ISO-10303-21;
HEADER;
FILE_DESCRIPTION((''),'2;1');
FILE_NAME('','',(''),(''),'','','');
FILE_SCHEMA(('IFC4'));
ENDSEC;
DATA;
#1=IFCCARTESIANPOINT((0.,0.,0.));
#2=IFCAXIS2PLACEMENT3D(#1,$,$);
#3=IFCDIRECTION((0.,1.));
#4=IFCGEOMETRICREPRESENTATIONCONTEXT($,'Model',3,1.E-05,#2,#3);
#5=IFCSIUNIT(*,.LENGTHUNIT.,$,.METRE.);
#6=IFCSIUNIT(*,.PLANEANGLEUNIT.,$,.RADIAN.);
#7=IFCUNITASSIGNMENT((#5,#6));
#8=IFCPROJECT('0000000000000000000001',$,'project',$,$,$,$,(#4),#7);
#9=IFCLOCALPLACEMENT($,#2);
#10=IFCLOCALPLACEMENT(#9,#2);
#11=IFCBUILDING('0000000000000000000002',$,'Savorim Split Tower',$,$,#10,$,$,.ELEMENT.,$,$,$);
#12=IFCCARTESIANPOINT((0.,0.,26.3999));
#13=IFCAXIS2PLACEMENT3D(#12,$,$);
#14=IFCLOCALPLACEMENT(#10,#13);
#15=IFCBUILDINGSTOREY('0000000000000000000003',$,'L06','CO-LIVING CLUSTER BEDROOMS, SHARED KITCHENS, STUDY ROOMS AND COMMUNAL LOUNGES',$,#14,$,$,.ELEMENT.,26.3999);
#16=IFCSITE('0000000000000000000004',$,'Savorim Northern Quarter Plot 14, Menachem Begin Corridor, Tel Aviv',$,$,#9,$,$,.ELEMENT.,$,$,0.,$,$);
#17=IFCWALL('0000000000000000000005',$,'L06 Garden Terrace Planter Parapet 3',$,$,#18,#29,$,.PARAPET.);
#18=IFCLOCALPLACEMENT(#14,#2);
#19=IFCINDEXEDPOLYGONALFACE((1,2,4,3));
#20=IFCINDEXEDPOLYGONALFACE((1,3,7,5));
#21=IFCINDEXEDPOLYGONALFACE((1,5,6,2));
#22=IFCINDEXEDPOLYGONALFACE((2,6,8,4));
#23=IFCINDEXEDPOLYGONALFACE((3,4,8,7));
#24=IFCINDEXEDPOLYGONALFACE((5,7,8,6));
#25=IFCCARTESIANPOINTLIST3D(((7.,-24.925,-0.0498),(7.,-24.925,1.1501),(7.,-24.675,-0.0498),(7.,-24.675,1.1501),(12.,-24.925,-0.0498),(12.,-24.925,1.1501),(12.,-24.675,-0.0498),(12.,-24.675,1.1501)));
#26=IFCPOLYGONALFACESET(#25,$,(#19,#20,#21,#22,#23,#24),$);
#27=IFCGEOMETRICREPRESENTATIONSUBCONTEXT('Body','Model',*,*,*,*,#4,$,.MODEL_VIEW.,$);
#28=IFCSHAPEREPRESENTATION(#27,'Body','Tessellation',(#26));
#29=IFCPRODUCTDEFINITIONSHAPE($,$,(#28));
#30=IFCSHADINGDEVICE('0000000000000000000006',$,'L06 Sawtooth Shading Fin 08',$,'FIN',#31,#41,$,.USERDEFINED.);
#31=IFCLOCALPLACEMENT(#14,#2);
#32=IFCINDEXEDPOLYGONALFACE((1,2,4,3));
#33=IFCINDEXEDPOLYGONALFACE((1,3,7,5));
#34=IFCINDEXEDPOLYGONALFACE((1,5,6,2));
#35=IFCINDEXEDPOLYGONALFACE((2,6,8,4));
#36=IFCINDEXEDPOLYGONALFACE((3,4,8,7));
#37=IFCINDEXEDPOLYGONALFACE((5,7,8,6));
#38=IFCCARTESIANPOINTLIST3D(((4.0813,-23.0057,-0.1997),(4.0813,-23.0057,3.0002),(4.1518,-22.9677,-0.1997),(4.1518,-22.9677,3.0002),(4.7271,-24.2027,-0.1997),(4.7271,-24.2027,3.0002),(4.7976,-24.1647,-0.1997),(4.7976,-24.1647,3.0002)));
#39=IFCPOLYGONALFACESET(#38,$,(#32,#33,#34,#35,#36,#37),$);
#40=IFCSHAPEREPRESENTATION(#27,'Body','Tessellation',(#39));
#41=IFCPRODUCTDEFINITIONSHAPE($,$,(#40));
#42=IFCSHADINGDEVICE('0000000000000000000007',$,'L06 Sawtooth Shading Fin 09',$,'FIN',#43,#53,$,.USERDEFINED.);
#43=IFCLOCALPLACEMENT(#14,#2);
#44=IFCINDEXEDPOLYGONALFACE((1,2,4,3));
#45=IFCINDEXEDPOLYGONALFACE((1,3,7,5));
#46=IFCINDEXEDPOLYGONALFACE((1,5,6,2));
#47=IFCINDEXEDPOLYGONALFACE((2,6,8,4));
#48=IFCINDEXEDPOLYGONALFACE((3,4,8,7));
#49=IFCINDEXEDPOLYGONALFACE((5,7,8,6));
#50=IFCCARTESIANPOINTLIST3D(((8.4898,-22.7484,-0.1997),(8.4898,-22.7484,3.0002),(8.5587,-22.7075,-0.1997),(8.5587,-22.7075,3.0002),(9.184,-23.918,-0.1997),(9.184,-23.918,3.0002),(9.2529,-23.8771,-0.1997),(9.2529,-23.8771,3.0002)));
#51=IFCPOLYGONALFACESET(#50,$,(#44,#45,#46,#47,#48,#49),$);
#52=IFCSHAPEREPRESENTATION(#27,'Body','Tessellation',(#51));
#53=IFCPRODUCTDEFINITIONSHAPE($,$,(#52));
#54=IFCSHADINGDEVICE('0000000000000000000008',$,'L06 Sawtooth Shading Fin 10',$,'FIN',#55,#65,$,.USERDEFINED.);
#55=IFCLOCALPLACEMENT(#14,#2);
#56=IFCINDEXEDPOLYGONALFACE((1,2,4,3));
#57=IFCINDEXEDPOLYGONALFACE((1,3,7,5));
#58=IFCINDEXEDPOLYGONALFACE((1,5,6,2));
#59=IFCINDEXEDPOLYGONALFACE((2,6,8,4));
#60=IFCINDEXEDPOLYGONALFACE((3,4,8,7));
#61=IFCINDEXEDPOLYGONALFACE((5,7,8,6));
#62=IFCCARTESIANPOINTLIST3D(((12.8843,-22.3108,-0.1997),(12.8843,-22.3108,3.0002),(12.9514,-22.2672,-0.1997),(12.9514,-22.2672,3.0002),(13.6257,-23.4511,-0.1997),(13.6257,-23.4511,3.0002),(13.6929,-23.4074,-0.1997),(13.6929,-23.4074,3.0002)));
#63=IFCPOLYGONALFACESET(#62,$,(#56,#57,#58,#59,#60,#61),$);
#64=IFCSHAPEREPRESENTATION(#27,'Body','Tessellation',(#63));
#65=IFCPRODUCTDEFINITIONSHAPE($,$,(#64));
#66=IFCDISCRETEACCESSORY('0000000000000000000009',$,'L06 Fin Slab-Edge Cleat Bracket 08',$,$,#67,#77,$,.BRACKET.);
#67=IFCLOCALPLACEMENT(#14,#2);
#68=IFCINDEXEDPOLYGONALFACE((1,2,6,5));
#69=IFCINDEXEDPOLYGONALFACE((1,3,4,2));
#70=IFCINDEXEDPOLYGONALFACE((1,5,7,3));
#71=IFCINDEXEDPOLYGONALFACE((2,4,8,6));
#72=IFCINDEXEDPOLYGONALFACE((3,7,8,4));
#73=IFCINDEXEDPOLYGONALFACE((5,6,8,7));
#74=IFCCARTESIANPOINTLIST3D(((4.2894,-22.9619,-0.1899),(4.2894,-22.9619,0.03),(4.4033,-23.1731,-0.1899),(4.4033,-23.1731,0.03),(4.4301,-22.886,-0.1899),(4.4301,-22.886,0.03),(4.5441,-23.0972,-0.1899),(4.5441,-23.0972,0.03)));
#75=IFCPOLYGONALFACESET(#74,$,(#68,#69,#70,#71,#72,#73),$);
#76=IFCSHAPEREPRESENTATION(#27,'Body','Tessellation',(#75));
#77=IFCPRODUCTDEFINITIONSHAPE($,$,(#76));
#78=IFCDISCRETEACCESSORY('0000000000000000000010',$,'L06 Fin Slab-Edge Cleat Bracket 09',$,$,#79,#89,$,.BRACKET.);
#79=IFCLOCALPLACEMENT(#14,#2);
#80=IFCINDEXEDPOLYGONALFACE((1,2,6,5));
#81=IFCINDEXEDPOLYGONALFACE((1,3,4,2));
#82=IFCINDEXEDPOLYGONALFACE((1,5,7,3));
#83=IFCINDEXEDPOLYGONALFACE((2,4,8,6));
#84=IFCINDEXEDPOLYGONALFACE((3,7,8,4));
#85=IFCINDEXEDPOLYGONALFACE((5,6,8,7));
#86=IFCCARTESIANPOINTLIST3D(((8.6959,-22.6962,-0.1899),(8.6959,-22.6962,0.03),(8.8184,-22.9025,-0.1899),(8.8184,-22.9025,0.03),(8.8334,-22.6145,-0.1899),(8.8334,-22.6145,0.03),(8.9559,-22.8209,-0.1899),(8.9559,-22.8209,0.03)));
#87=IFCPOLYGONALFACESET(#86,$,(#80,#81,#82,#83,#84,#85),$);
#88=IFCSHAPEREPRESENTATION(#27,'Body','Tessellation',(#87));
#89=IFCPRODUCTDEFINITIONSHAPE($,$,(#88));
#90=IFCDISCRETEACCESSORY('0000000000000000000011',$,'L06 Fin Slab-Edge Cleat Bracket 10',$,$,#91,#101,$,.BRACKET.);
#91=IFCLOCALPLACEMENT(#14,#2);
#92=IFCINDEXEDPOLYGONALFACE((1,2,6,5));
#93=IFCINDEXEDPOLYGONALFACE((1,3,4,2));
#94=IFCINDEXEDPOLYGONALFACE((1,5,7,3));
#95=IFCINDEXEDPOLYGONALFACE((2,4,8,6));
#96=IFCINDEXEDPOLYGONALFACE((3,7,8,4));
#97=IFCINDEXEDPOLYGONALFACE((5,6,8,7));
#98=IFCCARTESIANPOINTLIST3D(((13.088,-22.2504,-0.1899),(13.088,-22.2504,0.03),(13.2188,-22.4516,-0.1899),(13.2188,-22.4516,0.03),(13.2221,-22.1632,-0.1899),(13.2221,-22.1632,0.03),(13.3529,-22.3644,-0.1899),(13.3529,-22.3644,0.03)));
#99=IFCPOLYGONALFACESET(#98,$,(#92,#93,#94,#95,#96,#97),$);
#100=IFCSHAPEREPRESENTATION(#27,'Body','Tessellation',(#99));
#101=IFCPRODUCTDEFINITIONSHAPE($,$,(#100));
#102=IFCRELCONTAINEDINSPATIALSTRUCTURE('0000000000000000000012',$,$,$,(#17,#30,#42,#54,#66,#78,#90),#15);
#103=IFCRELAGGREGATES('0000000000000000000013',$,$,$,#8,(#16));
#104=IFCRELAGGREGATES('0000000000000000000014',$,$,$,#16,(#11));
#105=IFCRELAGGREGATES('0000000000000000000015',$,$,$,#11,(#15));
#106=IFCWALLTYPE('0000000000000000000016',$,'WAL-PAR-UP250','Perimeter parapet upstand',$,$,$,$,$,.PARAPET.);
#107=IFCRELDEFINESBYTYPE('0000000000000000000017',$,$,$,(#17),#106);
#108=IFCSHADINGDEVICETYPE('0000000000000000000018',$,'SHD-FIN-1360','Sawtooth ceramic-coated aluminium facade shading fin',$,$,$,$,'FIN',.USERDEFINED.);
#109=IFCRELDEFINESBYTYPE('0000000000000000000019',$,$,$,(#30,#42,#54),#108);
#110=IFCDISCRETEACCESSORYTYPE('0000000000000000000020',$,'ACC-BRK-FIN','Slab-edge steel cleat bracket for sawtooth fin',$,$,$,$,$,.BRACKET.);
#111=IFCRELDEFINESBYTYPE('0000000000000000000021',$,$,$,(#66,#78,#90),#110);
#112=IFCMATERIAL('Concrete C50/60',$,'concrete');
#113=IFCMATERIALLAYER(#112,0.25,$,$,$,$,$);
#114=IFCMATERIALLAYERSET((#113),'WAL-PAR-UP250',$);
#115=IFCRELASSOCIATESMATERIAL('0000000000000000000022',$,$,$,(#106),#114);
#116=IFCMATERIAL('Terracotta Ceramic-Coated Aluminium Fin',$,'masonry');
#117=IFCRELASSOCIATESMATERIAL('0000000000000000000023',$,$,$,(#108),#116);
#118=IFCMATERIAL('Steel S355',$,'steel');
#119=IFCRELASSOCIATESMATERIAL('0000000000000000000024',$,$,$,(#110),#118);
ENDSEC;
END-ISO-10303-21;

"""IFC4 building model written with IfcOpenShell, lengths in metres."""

from ifc_helpers import new_model, si_unit, direction, frame, frame_2d, origin, origin_2d, place, context, subcontext, project, spatial, rectangle, extrude, material, layer, layer_set, type_object, element, save


model = new_model("IFC4")

# Units and contexts
model_context = context("Model", 3, precision=1e-05, world=origin(), true_north=direction((0.0, 1.0)))
body_context = subcontext(model_context, "Body", "Model", "MODEL_VIEW")
ifc_project = project(units=[si_unit("LENGTHUNIT", "METRE"), si_unit("PLANEANGLEUNIT", "RADIAN")], contexts=[model_context])

# Site, building, storey
site_placement = place(None, origin())
site = spatial("IfcSite", under=ifc_project, at=site_placement, Name="Savorim Northern Quarter Plot 14, Menachem Begin Corridor, Tel Aviv", CompositionType="ELEMENT", RefElevation=0.0)
building_placement = place(site_placement, origin())
building = spatial("IfcBuilding", under=site, at=building_placement, Name="Savorim Split Tower", CompositionType="ELEMENT")
storey_placement = place(building_placement, frame((0.0, 0.0, 26.3999)))
storey = spatial("IfcBuildingStorey", under=building, at=storey_placement, Name="L06", Description="CO-LIVING CLUSTER BEDROOMS, SHARED KITCHENS, STUDY ROOMS AND COMMUNAL LOUNGES", CompositionType="ELEMENT", Elevation=26.3999)

# Shared definitions
ifc_material_1 = material(Name="Steel S355", Category="steel")

# Wall
ifc_material_2 = material(Name="Concrete C50/60", Category="concrete")
ifc_layer_1 = layer(ifc_material_2, 0.25)
ifc_layer_set_1 = layer_set([ifc_layer_1], Name="WAL-PAR-UP250")
wall_type = type_object("IfcWallType", Name="WAL-PAR-UP250", Description="Perimeter parapet upstand", PredefinedType="PARAPET", material=ifc_layer_set_1)
wall_placement = place(storey_placement, frame((7.0, -24.8, -0.0498), z_axis=(0.0, 0.0, 1.0), x_axis=(1.0, 0.0, 0.0)))
element("IfcWall", 1, at=wall_placement, inside=storey, type_object=wall_type, Name="L06 Garden Terrace Planter Parapet 3", PredefinedType="PARAPET", context=body_context, shape_type="SweptSolid", body=[
    extrude(rectangle(XDim=5.0, YDim=0.25, at=frame_2d((2.5, 0.0))), origin(), (0.0, 0.0, 1.0), 1.2),
])

# Shading devices
ifc_material_3 = material(Name="Terracotta Ceramic-Coated Aluminium Fin", Category="masonry")
shading_device_type = type_object("IfcShadingDeviceType", Name="SHD-FIN-1360", Description="Sawtooth ceramic-coated aluminium facade shading fin", ElementType="FIN", PredefinedType="USERDEFINED", material=ifc_material_3)
for number, where, z_axis, x_axis, name in (
    (2, (4.4395, -23.5852, -0.1997), (0.0, 0.0, 1.0), (0.474778, -0.880106, 0.0), "L06 Sawtooth Shading Fin 08"),
    (3, (8.8713, -23.3127, -0.1997), (0.0, 0.0, 1.0), (0.510391, -0.859942, 0.0), "L06 Sawtooth Shading Fin 09"),
    (4, (13.2886, -22.8591, -0.1997), (0.0, 0.0, 1.0), (0.545148, -0.83834, 0.0), "L06 Sawtooth Shading Fin 10"),
):
    element("IfcShadingDevice", number, at=place(storey_placement, frame(where, z_axis=z_axis, x_axis=x_axis)), inside=storey, type_object=shading_device_type, Name=name, ObjectType="FIN", PredefinedType="USERDEFINED", context=body_context, shape_type="SweptSolid", body=[
        extrude(rectangle(XDim=1.3601, YDim=0.0801, at=origin_2d()), origin(), (0.0, 0.0, 1.0), 3.2),
    ])

# Discrete accessories
discrete_accessory_type = type_object("IfcDiscreteAccessoryType", Name="ACC-BRK-FIN", Description="Slab-edge steel cleat bracket for sawtooth fin", PredefinedType="BRACKET", material=ifc_material_1)
for number, where, z_axis, x_axis, name in (
    (5, (4.4167, -23.0295, -0.1899), (0.0, 0.0, 1.0), (0.474778, -0.880106, 0.0), "L06 Fin Slab-Edge Cleat Bracket 08"),
    (6, (8.8259, -22.7585, -0.1899), (0.0, 0.0, 1.0), (0.510391, -0.859942, 0.0), "L06 Fin Slab-Edge Cleat Bracket 09"),
    (7, (13.2205, -22.3074, -0.1899), (0.0, 0.0, 1.0), (0.545148, -0.83834, 0.0), "L06 Fin Slab-Edge Cleat Bracket 10"),
):
    element("IfcDiscreteAccessory", number, at=place(storey_placement, frame(where, z_axis=z_axis, x_axis=x_axis)), inside=storey, type_object=discrete_accessory_type, Name=name, PredefinedType="BRACKET", context=body_context, shape_type="SweptSolid", body=[
        extrude(rectangle(XDim=0.24, YDim=0.1599, at=origin_2d()), origin(), (0.0, 0.0, 1.0), 0.22),
    ])

save(model, "model.ifc")
